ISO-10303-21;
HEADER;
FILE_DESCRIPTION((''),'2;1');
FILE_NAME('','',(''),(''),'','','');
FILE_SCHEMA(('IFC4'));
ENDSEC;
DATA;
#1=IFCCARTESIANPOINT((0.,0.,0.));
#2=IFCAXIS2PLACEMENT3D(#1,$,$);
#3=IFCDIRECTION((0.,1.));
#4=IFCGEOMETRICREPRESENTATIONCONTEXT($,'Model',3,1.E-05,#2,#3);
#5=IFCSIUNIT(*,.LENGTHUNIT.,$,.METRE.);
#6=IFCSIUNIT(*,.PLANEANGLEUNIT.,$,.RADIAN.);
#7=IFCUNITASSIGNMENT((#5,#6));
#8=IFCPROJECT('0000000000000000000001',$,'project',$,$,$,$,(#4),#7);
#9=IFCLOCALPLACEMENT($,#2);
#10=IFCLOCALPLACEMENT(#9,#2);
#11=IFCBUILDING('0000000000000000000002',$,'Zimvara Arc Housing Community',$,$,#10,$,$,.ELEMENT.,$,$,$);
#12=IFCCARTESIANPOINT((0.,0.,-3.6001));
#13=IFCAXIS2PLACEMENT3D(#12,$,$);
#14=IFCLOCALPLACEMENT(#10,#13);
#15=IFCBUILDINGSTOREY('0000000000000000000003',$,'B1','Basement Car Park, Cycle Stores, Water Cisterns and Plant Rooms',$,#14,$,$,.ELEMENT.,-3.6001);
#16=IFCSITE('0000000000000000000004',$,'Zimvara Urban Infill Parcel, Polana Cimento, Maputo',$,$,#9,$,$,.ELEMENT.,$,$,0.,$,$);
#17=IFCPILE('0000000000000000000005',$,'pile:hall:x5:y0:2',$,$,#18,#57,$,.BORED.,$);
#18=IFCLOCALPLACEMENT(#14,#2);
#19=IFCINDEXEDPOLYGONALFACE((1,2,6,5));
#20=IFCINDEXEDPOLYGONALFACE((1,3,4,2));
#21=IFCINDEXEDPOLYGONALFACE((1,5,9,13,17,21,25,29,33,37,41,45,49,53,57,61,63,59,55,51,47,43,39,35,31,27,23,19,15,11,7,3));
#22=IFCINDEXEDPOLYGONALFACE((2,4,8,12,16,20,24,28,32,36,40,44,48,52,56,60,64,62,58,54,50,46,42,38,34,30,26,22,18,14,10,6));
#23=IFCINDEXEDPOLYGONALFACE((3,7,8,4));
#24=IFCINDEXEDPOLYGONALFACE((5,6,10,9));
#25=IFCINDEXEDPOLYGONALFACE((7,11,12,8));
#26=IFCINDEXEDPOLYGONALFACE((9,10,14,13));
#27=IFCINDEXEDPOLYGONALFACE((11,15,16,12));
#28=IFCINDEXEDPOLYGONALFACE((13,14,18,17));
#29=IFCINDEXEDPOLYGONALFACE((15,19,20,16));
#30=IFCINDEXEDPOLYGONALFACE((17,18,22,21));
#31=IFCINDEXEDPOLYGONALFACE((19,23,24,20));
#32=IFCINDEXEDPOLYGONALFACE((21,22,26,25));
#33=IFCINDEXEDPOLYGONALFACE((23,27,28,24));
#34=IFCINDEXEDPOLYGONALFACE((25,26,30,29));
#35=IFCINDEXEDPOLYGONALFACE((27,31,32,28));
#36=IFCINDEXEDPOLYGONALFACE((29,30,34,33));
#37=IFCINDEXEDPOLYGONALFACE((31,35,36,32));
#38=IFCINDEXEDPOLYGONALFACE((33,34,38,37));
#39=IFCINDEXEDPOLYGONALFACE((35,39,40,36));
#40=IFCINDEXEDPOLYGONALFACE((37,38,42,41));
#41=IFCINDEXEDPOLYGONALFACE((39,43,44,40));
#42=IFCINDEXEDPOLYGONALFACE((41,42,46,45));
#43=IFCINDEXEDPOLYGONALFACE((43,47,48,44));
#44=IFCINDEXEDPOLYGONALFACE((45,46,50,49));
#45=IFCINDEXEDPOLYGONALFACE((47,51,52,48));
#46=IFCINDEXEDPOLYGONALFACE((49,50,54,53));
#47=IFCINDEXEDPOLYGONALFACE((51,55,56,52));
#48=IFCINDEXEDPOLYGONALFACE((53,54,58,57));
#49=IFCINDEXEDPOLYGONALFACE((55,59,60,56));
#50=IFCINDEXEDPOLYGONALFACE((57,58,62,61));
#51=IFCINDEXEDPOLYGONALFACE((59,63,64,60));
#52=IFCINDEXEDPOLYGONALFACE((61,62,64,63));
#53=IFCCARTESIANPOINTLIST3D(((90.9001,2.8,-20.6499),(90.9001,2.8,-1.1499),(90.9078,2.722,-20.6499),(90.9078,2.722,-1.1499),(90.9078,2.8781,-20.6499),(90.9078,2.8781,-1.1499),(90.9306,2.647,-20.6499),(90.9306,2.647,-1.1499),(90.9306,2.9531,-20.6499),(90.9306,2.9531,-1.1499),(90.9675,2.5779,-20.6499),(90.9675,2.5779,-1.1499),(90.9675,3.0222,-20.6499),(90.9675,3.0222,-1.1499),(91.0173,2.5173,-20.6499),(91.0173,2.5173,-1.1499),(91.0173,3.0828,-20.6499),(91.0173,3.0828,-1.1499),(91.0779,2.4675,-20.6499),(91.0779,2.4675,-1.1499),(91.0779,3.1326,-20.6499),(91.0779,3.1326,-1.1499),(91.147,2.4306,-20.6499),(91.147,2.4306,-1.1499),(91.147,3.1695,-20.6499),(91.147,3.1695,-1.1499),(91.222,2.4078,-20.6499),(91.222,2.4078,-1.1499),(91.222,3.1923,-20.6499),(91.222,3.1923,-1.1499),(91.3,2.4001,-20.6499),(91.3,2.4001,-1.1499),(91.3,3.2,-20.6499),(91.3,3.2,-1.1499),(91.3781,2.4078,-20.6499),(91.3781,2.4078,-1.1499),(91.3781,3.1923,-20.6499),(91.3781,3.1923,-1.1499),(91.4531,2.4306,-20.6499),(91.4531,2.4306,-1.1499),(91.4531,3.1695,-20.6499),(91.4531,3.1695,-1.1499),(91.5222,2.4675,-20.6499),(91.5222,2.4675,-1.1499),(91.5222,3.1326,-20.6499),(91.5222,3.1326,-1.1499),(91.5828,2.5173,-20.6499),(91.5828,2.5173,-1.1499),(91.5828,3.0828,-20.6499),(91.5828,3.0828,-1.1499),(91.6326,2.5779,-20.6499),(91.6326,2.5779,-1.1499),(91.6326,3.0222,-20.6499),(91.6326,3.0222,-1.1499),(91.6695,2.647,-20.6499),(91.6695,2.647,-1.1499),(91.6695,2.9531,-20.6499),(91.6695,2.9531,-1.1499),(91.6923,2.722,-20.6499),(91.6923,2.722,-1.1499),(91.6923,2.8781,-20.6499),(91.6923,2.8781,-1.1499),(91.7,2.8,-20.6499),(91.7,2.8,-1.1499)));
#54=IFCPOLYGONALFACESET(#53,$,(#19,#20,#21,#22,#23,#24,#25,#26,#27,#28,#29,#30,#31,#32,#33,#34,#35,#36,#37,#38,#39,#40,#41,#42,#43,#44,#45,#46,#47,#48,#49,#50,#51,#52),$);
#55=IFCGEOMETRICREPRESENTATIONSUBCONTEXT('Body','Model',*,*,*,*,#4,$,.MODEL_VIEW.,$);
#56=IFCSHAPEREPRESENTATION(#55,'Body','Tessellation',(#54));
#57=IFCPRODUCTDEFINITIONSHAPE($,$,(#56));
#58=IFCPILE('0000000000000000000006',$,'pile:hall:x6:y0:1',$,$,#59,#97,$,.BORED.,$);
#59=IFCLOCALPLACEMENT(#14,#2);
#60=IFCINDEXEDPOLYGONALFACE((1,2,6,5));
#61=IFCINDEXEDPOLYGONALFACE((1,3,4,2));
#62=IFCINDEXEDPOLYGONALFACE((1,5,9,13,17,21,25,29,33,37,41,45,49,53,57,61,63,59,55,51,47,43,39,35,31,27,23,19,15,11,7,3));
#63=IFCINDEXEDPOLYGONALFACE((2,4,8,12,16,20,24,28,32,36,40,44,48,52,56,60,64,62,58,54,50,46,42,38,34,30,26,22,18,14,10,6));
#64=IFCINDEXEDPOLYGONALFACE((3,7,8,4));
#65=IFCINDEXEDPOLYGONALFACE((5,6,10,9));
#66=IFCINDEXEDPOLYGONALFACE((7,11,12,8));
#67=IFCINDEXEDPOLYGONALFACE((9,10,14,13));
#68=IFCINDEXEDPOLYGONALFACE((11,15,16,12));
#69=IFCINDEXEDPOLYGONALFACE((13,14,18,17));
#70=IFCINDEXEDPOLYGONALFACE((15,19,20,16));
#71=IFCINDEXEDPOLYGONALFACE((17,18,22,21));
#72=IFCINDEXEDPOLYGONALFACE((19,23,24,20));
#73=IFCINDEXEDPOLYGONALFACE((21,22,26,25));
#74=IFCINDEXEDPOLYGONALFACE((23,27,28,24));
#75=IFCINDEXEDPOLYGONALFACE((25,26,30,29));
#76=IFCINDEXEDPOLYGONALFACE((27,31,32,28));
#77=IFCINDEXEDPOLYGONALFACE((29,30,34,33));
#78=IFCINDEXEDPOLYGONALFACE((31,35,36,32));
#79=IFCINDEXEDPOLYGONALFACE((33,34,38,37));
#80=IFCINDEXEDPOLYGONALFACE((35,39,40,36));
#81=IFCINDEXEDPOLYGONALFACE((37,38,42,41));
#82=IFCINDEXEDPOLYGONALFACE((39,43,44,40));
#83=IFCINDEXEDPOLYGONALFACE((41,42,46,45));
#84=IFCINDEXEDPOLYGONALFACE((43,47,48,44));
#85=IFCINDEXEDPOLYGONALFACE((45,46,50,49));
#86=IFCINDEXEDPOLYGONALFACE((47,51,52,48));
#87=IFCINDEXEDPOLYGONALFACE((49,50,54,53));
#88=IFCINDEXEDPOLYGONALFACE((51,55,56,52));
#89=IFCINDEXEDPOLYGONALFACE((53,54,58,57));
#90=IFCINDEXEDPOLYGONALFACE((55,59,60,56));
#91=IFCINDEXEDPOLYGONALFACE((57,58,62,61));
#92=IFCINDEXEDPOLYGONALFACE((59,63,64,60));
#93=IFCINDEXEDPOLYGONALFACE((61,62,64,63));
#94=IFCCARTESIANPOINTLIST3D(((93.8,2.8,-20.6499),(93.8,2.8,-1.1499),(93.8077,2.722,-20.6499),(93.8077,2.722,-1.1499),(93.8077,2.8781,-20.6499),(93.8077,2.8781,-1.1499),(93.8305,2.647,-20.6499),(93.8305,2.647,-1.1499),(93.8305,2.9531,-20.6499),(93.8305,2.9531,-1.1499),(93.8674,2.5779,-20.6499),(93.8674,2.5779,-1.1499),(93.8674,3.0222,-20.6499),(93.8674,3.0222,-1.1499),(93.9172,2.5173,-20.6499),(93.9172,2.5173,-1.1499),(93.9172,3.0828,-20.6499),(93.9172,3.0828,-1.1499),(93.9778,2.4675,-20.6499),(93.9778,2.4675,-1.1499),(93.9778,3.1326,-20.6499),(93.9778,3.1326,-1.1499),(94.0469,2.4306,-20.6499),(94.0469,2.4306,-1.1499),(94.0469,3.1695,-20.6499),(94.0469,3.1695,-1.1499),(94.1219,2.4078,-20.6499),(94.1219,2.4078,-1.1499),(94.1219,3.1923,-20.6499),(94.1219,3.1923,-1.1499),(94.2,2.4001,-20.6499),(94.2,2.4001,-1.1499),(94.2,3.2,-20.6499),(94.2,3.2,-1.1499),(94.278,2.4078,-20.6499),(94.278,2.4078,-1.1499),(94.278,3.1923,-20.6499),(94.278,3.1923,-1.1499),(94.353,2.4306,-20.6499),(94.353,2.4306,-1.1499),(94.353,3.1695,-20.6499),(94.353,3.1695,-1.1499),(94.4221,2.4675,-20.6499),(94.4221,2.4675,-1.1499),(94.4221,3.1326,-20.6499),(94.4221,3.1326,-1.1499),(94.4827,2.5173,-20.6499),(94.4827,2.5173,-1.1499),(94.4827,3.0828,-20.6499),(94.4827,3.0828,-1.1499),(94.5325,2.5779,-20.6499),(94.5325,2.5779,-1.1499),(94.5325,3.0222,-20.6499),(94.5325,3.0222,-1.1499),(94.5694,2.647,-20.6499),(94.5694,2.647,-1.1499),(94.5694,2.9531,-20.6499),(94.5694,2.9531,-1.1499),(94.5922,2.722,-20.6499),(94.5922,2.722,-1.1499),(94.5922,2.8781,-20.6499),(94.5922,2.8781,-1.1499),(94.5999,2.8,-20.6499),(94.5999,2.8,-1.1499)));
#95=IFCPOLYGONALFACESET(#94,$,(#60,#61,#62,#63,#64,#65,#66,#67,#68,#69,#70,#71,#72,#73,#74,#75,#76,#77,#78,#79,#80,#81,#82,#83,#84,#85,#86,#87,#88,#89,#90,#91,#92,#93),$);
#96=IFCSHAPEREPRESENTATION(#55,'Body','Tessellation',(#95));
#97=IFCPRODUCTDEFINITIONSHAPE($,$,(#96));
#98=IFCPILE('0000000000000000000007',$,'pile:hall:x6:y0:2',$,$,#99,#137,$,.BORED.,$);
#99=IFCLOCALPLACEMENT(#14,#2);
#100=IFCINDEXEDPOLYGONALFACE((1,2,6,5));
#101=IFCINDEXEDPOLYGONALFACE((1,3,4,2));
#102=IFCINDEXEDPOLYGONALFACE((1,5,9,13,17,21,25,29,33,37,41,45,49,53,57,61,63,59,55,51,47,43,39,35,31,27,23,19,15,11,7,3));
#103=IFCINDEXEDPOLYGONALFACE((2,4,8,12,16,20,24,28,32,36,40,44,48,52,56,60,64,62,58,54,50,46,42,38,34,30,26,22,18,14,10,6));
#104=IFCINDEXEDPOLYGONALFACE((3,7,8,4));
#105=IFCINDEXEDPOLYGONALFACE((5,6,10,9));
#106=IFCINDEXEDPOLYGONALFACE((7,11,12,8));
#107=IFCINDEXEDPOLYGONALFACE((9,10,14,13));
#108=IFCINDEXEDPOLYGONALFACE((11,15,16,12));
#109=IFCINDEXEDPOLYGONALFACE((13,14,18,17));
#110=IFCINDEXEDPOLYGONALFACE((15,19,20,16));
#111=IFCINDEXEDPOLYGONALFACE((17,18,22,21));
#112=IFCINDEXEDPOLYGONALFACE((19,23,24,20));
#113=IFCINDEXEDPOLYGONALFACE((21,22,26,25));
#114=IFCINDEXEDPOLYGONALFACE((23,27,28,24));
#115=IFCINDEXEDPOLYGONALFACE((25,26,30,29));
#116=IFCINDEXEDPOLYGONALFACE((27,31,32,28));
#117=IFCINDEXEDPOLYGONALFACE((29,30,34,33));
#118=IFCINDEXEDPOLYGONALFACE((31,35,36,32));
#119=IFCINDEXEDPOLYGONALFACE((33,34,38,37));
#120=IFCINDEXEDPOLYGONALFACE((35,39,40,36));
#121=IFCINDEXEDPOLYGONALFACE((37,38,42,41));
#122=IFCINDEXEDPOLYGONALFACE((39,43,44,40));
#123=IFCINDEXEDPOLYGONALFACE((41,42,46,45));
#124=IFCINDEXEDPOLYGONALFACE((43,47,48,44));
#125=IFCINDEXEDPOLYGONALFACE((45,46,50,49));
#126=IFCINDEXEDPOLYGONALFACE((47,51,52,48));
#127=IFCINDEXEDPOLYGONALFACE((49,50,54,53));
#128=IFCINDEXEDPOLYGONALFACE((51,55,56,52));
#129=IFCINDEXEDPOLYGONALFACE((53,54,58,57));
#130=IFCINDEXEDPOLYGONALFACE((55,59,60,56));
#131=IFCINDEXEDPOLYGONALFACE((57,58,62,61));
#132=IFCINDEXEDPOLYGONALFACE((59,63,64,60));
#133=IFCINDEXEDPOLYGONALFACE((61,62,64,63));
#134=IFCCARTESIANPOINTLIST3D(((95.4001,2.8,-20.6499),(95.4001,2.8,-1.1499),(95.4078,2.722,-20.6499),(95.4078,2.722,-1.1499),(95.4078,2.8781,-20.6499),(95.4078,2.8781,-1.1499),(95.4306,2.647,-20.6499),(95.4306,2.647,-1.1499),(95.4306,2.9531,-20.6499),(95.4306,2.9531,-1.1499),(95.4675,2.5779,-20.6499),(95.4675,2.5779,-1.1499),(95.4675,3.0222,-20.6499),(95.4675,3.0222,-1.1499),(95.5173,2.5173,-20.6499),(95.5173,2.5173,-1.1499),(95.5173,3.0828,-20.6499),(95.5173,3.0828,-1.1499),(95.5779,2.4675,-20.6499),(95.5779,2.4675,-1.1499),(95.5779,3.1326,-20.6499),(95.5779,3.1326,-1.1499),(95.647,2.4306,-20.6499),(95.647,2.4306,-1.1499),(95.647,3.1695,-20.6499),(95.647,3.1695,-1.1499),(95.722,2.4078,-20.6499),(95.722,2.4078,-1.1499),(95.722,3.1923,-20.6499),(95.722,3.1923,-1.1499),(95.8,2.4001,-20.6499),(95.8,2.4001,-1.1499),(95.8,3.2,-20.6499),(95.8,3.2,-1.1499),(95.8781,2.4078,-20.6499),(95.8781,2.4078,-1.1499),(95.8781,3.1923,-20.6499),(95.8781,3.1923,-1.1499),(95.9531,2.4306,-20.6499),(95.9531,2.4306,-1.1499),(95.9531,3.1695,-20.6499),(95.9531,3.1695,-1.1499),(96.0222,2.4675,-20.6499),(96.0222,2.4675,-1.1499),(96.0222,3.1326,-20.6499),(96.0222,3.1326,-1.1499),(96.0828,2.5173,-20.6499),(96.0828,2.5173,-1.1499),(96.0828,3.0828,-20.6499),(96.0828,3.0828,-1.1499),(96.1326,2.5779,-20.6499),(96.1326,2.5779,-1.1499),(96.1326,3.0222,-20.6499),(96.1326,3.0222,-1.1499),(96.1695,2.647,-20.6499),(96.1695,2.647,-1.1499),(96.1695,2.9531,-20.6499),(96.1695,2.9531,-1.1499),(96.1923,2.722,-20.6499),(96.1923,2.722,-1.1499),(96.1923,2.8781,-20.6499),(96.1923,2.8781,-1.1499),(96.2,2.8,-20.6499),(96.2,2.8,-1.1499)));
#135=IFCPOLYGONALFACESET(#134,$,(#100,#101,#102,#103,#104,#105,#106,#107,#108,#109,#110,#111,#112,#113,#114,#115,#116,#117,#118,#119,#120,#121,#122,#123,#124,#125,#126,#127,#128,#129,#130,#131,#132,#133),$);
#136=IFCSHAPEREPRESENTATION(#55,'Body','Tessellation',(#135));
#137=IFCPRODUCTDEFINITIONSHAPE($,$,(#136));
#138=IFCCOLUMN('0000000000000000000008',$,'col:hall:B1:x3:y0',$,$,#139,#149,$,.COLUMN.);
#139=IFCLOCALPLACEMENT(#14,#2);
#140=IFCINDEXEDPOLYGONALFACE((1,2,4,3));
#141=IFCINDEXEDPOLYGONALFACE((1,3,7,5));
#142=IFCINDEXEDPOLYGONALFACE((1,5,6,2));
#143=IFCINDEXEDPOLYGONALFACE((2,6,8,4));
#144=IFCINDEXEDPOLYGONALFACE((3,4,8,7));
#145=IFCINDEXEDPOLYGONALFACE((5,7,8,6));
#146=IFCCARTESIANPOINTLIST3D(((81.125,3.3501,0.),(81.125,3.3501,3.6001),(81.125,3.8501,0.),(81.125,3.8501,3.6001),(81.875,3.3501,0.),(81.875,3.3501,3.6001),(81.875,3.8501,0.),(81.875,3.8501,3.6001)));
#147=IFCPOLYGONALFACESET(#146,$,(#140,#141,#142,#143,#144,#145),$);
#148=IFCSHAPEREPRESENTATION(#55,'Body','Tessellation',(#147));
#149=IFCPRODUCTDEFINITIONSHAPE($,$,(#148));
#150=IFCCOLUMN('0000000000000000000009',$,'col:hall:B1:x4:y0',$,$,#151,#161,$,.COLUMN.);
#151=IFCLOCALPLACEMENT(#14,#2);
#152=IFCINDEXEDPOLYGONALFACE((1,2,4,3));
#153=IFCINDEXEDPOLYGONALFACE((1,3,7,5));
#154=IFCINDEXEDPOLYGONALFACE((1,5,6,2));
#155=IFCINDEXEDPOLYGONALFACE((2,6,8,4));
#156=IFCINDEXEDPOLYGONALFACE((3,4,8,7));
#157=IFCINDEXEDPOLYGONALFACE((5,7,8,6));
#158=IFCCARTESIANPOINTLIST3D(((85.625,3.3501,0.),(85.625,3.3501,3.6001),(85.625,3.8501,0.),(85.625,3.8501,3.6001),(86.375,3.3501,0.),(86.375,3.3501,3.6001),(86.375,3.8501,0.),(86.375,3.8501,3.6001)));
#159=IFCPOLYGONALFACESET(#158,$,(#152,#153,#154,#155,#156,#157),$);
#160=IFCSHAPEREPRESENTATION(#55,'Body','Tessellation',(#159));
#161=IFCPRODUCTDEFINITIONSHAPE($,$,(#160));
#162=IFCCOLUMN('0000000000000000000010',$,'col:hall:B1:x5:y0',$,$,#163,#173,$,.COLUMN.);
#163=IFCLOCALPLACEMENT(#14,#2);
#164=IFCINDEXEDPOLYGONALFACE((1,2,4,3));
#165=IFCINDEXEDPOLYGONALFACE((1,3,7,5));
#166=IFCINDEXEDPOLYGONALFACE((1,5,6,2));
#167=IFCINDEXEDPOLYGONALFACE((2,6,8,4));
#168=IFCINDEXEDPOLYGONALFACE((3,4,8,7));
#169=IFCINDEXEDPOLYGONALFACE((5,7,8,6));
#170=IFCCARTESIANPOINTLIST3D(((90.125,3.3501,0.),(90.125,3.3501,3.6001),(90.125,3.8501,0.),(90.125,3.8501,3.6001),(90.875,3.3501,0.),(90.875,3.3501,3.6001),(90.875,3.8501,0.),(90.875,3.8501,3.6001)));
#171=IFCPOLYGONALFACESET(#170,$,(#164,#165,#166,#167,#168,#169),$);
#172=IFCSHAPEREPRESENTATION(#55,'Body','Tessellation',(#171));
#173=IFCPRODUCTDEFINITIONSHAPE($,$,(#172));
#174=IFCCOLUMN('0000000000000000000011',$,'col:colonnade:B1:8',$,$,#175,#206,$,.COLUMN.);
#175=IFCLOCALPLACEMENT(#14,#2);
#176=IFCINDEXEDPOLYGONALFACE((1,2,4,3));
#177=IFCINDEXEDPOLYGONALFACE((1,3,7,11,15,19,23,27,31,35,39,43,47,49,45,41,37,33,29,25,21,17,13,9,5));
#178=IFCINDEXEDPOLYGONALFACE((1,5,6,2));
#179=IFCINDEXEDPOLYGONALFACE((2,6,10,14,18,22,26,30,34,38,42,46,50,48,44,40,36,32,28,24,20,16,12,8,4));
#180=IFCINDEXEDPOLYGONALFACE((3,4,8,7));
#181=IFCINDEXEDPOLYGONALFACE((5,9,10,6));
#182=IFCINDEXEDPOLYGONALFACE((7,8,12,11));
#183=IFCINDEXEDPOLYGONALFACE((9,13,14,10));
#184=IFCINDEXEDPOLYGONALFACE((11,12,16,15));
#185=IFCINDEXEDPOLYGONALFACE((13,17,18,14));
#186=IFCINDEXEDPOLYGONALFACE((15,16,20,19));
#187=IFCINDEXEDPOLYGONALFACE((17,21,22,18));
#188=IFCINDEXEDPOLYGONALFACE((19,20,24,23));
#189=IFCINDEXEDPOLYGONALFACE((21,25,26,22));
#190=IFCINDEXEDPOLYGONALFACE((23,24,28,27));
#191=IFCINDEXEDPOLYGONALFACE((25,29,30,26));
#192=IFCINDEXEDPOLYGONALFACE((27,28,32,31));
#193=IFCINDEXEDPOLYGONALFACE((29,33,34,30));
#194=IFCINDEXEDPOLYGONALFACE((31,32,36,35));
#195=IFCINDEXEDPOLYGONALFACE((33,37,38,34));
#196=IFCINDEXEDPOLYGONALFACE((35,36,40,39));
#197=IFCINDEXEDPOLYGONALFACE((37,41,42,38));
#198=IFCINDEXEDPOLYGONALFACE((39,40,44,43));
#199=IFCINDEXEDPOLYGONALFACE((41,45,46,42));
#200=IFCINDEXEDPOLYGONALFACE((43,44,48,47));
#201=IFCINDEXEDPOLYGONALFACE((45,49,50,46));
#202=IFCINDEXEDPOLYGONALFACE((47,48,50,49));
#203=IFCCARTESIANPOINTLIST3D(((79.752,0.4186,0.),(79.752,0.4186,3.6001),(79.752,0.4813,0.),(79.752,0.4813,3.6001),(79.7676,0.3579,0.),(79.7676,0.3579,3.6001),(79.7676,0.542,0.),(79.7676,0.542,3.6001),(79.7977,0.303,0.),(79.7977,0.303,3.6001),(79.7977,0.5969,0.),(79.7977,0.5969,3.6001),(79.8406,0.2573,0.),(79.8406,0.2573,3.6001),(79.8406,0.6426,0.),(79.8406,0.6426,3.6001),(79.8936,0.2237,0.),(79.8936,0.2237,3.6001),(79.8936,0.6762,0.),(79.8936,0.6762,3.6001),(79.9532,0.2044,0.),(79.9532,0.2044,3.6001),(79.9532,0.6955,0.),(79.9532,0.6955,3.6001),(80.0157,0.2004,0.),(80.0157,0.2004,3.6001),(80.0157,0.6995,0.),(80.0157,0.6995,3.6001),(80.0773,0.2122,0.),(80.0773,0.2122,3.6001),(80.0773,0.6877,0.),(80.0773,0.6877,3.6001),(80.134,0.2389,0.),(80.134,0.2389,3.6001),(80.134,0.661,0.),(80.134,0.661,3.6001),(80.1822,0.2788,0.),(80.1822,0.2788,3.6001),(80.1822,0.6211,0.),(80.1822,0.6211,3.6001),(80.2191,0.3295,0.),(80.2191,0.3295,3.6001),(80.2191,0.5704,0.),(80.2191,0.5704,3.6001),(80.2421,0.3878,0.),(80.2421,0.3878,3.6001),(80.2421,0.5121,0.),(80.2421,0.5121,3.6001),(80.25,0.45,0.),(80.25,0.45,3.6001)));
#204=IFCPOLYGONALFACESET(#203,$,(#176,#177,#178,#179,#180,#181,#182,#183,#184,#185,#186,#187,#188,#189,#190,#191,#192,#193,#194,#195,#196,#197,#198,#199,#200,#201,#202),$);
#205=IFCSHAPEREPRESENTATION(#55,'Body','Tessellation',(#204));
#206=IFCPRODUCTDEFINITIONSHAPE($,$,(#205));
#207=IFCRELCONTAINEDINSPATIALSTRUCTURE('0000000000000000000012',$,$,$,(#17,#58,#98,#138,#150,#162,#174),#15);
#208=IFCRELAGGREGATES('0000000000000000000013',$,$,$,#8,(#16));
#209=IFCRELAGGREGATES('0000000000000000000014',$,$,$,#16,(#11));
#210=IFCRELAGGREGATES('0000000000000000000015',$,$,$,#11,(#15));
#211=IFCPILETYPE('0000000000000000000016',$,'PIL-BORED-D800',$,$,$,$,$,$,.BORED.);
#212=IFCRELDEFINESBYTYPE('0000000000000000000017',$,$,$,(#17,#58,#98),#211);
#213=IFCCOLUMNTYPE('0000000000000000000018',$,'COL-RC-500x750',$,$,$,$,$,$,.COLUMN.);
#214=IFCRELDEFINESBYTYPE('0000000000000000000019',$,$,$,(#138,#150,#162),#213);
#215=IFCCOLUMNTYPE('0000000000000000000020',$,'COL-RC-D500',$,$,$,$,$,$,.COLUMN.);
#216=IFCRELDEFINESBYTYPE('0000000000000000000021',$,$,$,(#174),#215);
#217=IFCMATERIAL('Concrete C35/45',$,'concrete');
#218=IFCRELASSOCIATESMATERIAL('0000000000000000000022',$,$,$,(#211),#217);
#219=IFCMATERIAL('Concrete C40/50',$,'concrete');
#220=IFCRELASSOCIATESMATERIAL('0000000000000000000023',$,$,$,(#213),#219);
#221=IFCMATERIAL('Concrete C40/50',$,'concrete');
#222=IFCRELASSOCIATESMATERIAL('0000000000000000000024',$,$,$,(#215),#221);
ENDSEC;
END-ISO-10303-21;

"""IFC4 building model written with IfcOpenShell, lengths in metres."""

from ifc_helpers import new_model, si_unit, direction, frame, origin, origin_2d, place, context, subcontext, project, spatial, rectangle, circle, extrude, material, material_profile, profile_set, type_object, element, save


model = new_model("IFC4")

# Units and contexts
model_context = context("Model", 3, precision=1e-05, world=origin(), true_north=direction((0.0, 1.0)))
body_context = subcontext(model_context, "Body", "Model", "MODEL_VIEW")
ifc_project = project(units=[si_unit("LENGTHUNIT", "METRE"), si_unit("PLANEANGLEUNIT", "RADIAN")], contexts=[model_context])

# Site, building, storey
site_placement = place(None, origin())
site = spatial("IfcSite", under=ifc_project, at=site_placement, Name="Zimvara Urban Infill Parcel, Polana Cimento, Maputo", CompositionType="ELEMENT", RefElevation=0.0)
building_placement = place(site_placement, origin())
building = spatial("IfcBuilding", under=site, at=building_placement, Name="Zimvara Arc Housing Community", CompositionType="ELEMENT")
storey_placement = place(building_placement, frame((0.0, 0.0, -3.6001)))
storey = spatial("IfcBuildingStorey", under=building, at=storey_placement, Name="B1", Description="Basement Car Park, Cycle Stores, Water Cisterns and Plant Rooms", CompositionType="ELEMENT", Elevation=-3.6001)

# Piles
ifc_material_1 = material(Name="Concrete C35/45", Category="concrete")
ifc_material_profile_1 = material_profile(ifc_material_1, circle(Radius=0.3999, at=origin_2d()), Name="PILE D800")
ifc_profile_set_1 = profile_set([ifc_material_profile_1], Name="Concrete C35/45")
pile_type_1 = type_object("IfcPileType", Name="PIL-BORED-D800", PredefinedType="BORED", material=ifc_profile_set_1)
for number, where, z_axis, x_axis, name in (
    (1, (91.3, 2.8, -1.1499), (0.0, 0.0, -1.0), (1.0, 0.0, 0.0), "pile:hall:x5:y0:2"),
    (2, (94.2, 2.8, -1.1499), (0.0, 0.0, -1.0), (1.0, 0.0, 0.0), "pile:hall:x6:y0:1"),
    (3, (95.8, 2.8, -1.1499), (0.0, 0.0, -1.0), (1.0, 0.0, 0.0), "pile:hall:x6:y0:2"),
):
    element("IfcPile", number, at=place(storey_placement, frame(where, z_axis=z_axis, x_axis=x_axis)), inside=storey, type_object=pile_type_1, Name=name, PredefinedType="BORED", context=body_context, shape_type="SweptSolid", body=[
        extrude(circle(Radius=0.3999, at=origin_2d()), origin(), (0.0, 0.0, 1.0), 19.5),
    ])

# Columns
ifc_material_2 = material(Name="Concrete C40/50", Category="concrete")
ifc_material_profile_2 = material_profile(ifc_material_2, rectangle(XDim=0.5, YDim=0.75, at=origin_2d()), Name="RC 500x750")
ifc_profile_set_2 = profile_set([ifc_material_profile_2], Name="Concrete C40/50")
column_type_1 = type_object("IfcColumnType", Name="COL-RC-500x750", PredefinedType="COLUMN", material=ifc_profile_set_2)
for number, where, z_axis, x_axis, name in (
    (4, (81.5, 3.6001, 0.0), (0.0, 0.0, 1.0), (0.0, 1.0, 0.0), "col:hall:B1:x3:y0"),
    (5, (86.0, 3.6001, 0.0), (0.0, 0.0, 1.0), (0.0, 1.0, 0.0), "col:hall:B1:x4:y0"),
    (6, (90.5, 3.6001, 0.0), (0.0, 0.0, 1.0), (0.0, 1.0, 0.0), "col:hall:B1:x5:y0"),
):
    element("IfcColumn", number, at=place(storey_placement, frame(where, z_axis=z_axis, x_axis=x_axis)), inside=storey, type_object=column_type_1, Name=name, PredefinedType="COLUMN", context=body_context, shape_type="SweptSolid", body=[
        extrude(rectangle(XDim=0.5, YDim=0.75, at=origin_2d()), origin(), (0.0, 0.0, 1.0), 3.6001),
    ])
ifc_material_3 = material(Name="Concrete C40/50", Category="concrete")
ifc_material_profile_3 = material_profile(ifc_material_3, circle(Radius=0.25, at=origin_2d()), Name="RC D500")
ifc_profile_set_3 = profile_set([ifc_material_profile_3], Name="Concrete C40/50")
column_type_2 = type_object("IfcColumnType", Name="COL-RC-D500", PredefinedType="COLUMN", material=ifc_profile_set_3)
for number, where, z_axis, x_axis, name in (
    (7, (80.0, 0.45, 0.0), (0.0, 0.0, 1.0), (1.0, 0.0, 0.0), "col:colonnade:B1:8"),
):
    element("IfcColumn", number, at=place(storey_placement, frame(where, z_axis=z_axis, x_axis=x_axis)), inside=storey, type_object=column_type_2, Name=name, PredefinedType="COLUMN", context=body_context, shape_type="SweptSolid", body=[
        extrude(circle(Radius=0.25, at=origin_2d()), origin(), (0.0, 0.0, 1.0), 3.6001),
    ])

save(model, "model.ifc")
